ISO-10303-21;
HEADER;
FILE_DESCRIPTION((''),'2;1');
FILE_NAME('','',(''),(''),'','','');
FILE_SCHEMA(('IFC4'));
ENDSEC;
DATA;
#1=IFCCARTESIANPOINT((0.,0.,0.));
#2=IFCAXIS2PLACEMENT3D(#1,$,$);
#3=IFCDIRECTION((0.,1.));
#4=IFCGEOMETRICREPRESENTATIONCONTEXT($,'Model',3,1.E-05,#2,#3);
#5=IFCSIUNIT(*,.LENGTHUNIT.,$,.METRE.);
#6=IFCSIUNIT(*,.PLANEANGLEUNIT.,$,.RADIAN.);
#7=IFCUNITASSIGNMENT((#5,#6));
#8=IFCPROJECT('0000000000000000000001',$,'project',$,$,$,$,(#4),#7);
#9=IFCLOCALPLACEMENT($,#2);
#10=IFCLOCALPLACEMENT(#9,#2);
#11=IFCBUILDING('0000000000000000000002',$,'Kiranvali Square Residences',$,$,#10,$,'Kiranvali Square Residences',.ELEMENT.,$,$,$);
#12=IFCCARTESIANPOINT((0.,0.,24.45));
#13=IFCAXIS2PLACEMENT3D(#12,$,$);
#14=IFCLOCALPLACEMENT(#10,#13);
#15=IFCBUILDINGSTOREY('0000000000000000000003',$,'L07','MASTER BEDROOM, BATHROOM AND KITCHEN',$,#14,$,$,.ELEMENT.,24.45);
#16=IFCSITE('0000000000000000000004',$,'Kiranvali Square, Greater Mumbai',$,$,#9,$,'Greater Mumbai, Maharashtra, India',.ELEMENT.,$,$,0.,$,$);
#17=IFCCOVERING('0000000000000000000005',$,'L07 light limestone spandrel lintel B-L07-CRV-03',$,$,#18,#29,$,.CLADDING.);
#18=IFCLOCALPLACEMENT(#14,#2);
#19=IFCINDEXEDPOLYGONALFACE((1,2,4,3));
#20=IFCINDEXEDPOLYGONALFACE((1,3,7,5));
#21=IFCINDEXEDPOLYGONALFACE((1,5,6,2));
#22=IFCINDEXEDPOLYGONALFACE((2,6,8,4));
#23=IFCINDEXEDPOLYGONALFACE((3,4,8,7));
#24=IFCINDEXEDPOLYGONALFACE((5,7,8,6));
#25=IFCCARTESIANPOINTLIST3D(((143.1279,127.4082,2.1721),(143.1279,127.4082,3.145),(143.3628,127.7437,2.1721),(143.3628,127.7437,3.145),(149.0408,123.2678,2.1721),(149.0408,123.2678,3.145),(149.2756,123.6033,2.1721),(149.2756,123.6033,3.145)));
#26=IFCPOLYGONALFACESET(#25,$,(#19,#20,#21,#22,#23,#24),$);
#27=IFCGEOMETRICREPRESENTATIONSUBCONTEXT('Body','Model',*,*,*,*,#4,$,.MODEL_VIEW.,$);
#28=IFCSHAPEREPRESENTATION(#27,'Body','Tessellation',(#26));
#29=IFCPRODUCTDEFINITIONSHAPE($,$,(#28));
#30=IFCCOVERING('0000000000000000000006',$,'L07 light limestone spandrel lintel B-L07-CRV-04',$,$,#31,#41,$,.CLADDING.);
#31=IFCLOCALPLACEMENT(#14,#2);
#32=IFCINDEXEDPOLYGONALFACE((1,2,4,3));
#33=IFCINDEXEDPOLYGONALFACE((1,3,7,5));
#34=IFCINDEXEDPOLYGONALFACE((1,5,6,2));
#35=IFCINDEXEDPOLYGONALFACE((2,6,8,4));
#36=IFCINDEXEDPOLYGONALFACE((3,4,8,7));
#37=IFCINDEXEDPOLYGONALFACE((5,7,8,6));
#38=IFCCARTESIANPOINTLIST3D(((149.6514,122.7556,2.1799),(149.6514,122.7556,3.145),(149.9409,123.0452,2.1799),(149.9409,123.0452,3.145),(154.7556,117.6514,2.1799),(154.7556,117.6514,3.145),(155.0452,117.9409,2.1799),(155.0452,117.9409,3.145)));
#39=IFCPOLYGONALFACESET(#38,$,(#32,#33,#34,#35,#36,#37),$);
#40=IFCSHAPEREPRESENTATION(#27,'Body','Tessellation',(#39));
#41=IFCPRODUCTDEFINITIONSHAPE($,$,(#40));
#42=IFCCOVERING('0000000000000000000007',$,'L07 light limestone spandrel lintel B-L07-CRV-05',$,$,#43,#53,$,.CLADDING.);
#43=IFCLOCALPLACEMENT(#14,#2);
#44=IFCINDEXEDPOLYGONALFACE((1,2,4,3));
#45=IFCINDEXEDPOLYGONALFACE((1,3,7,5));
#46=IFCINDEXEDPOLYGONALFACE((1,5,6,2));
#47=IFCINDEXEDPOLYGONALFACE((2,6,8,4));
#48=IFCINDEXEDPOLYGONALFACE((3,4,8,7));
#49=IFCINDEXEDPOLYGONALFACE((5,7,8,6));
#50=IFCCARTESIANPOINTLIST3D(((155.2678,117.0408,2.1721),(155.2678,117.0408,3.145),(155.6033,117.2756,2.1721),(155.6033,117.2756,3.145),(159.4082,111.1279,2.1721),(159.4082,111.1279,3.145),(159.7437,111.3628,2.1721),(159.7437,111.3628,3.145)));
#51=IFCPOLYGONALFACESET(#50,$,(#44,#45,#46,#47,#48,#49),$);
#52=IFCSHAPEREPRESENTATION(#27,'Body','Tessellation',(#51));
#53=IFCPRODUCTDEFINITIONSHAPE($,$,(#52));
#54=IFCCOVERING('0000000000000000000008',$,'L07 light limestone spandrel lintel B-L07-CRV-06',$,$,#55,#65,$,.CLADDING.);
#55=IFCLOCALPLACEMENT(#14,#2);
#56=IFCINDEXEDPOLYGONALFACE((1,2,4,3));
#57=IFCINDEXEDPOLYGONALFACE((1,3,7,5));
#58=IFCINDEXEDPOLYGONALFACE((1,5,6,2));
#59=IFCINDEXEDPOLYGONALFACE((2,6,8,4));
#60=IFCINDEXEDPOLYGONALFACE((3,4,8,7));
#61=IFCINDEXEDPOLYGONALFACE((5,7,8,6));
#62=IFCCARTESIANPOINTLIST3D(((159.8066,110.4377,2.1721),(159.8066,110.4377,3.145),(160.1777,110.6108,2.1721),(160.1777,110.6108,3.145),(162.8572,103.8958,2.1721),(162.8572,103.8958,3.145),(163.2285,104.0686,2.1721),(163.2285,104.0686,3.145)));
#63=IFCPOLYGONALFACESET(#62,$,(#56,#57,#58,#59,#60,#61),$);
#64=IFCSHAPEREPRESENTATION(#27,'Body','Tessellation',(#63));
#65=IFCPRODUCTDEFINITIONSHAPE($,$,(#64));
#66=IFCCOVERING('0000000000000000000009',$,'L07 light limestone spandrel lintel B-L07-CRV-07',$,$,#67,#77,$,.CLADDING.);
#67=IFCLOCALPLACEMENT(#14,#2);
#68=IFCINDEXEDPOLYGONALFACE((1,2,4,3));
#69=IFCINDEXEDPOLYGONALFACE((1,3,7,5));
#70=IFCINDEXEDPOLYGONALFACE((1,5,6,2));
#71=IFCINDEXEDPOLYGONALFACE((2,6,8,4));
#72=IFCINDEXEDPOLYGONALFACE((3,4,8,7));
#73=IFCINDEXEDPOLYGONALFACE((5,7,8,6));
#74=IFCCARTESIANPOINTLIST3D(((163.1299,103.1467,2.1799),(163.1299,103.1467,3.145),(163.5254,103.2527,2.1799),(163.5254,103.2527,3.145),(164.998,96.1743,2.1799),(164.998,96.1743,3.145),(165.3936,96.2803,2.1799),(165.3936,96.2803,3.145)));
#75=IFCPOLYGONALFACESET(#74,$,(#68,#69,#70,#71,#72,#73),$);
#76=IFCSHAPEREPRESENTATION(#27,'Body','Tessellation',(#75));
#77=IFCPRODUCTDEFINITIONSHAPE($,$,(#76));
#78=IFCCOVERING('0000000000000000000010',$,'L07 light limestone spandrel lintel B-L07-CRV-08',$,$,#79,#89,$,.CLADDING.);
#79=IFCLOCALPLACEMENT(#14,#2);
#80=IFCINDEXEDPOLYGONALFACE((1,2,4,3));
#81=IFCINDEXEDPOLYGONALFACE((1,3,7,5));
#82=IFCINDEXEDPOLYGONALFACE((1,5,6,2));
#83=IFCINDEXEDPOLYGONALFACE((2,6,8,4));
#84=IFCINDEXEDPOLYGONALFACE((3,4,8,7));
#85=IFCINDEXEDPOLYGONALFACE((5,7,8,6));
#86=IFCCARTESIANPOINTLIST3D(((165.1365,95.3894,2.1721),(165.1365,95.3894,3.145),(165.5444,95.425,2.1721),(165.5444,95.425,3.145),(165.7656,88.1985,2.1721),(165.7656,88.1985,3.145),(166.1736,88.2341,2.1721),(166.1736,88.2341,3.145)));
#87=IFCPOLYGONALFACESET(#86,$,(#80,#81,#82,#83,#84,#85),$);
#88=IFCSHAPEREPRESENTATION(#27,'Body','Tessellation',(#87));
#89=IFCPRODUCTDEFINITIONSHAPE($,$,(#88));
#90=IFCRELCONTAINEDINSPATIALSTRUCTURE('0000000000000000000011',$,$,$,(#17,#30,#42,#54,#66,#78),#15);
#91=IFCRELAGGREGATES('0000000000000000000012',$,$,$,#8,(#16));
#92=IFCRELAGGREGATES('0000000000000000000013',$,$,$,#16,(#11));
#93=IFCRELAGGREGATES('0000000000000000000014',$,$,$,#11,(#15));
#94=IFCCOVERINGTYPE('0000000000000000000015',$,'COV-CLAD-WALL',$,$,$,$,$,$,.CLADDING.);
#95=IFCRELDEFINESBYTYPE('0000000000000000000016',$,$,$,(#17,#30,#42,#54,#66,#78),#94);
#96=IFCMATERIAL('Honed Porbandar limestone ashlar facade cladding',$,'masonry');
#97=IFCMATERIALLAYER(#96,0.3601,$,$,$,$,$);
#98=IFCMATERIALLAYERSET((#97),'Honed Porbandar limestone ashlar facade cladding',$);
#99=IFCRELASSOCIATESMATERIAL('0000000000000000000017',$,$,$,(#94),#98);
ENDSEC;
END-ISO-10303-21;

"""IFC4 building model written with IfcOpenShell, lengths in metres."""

from ifc_helpers import new_model, si_unit, direction, frame, origin, place, context, subcontext, project, spatial, polyline, outline, extrude, material, layer, layer_set, type_object, element, save


model = new_model("IFC4")

# Units and contexts
model_context = context("Model", 3, precision=1e-05, world=origin(), true_north=direction((0.0, 1.0)))
body_context = subcontext(model_context, "Body", "Model", "MODEL_VIEW")
ifc_project = project(units=[si_unit("LENGTHUNIT", "METRE"), si_unit("PLANEANGLEUNIT", "RADIAN")], contexts=[model_context])

# Site, building, storey
site_placement = place(None, origin())
site = spatial("IfcSite", under=ifc_project, at=site_placement, Name="Kiranvali Square, Greater Mumbai", LongName="Greater Mumbai, Maharashtra, India", CompositionType="ELEMENT", RefElevation=0.0)
building_placement = place(site_placement, origin())
building = spatial("IfcBuilding", under=site, at=building_placement, Name="Kiranvali Square Residences", LongName="Kiranvali Square Residences", CompositionType="ELEMENT")
storey_placement = place(building_placement, frame((0.0, 0.0, 24.45)))
storey = spatial("IfcBuildingStorey", under=building, at=storey_placement, Name="L07", Description="MASTER BEDROOM, BATHROOM AND KITCHEN", CompositionType="ELEMENT", Elevation=24.45)

# Coverings
ifc_material = material(Name="Honed Porbandar limestone ashlar facade cladding", Category="masonry")
ifc_layer_1 = layer(ifc_material, 0.3601)
ifc_layer_set_1 = layer_set([ifc_layer_1], Name="Honed Porbandar limestone ashlar facade cladding")
covering_type_1 = type_object("IfcCoveringType", Name="COV-CLAD-WALL", PredefinedType="CLADDING", material=ifc_layer_set_1)
covering_1_placement = place(storey_placement, frame((0.0, 0.0, 2.1721)))
element("IfcCovering", 1, at=covering_1_placement, inside=storey, type_object=covering_type_1, Name="L07 light limestone spandrel lintel B-L07-CRV-03", PredefinedType="CLADDING", context=body_context, shape_type="SweptSolid", body=[
    extrude(outline(polyline([(143.1279, 127.4082), (149.0408, 123.2678), (149.2756, 123.6033), (143.3628, 127.7437), (143.1279, 127.4082)])), origin(), (0.0, 0.0, 1.0), 0.9729),
])
covering_2_placement = place(storey_placement, frame((0.0, 0.0, 2.1799)))
element("IfcCovering", 2, at=covering_2_placement, inside=storey, type_object=covering_type_1, Name="L07 light limestone spandrel lintel B-L07-CRV-04", PredefinedType="CLADDING", context=body_context, shape_type="SweptSolid", body=[
    extrude(outline(polyline([(149.6514, 122.7556), (154.7556, 117.6514), (155.0452, 117.9409), (149.9409, 123.0452), (149.6514, 122.7556)])), origin(), (0.0, 0.0, 1.0), 0.9651),
])
covering_3_placement = place(storey_placement, frame((0.0, 0.0, 2.1721)))
element("IfcCovering", 3, at=covering_3_placement, inside=storey, type_object=covering_type_1, Name="L07 light limestone spandrel lintel B-L07-CRV-05", PredefinedType="CLADDING", context=body_context, shape_type="SweptSolid", body=[
    extrude(outline(polyline([(155.2678, 117.0408), (159.4082, 111.1279), (159.7437, 111.3628), (155.6033, 117.2756), (155.2678, 117.0408)])), origin(), (0.0, 0.0, 1.0), 0.9729),
])
covering_4_placement = place(storey_placement, frame((0.0, 0.0, 2.1721)))
element("IfcCovering", 4, at=covering_4_placement, inside=storey, type_object=covering_type_1, Name="L07 light limestone spandrel lintel B-L07-CRV-06", PredefinedType="CLADDING", context=body_context, shape_type="SweptSolid", body=[
    extrude(outline(polyline([(159.8066, 110.4377), (162.8572, 103.8958), (163.2285, 104.0686), (160.1777, 110.6108), (159.8066, 110.4377)])), origin(), (0.0, 0.0, 1.0), 0.9729),
])
covering_5_placement = place(storey_placement, frame((0.0, 0.0, 2.1799)))
element("IfcCovering", 5, at=covering_5_placement, inside=storey, type_object=covering_type_1, Name="L07 light limestone spandrel lintel B-L07-CRV-07", PredefinedType="CLADDING", context=body_context, shape_type="SweptSolid", body=[
    extrude(outline(polyline([(163.1299, 103.1467), (164.998, 96.1743), (165.3936, 96.2803), (163.5254, 103.2527), (163.1299, 103.1467)])), origin(), (0.0, 0.0, 1.0), 0.9651),
])
covering_6_placement = place(storey_placement, frame((0.0, 0.0, 2.1721)))
element("IfcCovering", 6, at=covering_6_placement, inside=storey, type_object=covering_type_1, Name="L07 light limestone spandrel lintel B-L07-CRV-08", PredefinedType="CLADDING", context=body_context, shape_type="SweptSolid", body=[
    extrude(outline(polyline([(165.1365, 95.3894), (165.7656, 88.1985), (166.1736, 88.2341), (165.5444, 95.425), (165.1365, 95.3894)])), origin(), (0.0, 0.0, 1.0), 0.9729),
])

save(model, "model.ifc")
